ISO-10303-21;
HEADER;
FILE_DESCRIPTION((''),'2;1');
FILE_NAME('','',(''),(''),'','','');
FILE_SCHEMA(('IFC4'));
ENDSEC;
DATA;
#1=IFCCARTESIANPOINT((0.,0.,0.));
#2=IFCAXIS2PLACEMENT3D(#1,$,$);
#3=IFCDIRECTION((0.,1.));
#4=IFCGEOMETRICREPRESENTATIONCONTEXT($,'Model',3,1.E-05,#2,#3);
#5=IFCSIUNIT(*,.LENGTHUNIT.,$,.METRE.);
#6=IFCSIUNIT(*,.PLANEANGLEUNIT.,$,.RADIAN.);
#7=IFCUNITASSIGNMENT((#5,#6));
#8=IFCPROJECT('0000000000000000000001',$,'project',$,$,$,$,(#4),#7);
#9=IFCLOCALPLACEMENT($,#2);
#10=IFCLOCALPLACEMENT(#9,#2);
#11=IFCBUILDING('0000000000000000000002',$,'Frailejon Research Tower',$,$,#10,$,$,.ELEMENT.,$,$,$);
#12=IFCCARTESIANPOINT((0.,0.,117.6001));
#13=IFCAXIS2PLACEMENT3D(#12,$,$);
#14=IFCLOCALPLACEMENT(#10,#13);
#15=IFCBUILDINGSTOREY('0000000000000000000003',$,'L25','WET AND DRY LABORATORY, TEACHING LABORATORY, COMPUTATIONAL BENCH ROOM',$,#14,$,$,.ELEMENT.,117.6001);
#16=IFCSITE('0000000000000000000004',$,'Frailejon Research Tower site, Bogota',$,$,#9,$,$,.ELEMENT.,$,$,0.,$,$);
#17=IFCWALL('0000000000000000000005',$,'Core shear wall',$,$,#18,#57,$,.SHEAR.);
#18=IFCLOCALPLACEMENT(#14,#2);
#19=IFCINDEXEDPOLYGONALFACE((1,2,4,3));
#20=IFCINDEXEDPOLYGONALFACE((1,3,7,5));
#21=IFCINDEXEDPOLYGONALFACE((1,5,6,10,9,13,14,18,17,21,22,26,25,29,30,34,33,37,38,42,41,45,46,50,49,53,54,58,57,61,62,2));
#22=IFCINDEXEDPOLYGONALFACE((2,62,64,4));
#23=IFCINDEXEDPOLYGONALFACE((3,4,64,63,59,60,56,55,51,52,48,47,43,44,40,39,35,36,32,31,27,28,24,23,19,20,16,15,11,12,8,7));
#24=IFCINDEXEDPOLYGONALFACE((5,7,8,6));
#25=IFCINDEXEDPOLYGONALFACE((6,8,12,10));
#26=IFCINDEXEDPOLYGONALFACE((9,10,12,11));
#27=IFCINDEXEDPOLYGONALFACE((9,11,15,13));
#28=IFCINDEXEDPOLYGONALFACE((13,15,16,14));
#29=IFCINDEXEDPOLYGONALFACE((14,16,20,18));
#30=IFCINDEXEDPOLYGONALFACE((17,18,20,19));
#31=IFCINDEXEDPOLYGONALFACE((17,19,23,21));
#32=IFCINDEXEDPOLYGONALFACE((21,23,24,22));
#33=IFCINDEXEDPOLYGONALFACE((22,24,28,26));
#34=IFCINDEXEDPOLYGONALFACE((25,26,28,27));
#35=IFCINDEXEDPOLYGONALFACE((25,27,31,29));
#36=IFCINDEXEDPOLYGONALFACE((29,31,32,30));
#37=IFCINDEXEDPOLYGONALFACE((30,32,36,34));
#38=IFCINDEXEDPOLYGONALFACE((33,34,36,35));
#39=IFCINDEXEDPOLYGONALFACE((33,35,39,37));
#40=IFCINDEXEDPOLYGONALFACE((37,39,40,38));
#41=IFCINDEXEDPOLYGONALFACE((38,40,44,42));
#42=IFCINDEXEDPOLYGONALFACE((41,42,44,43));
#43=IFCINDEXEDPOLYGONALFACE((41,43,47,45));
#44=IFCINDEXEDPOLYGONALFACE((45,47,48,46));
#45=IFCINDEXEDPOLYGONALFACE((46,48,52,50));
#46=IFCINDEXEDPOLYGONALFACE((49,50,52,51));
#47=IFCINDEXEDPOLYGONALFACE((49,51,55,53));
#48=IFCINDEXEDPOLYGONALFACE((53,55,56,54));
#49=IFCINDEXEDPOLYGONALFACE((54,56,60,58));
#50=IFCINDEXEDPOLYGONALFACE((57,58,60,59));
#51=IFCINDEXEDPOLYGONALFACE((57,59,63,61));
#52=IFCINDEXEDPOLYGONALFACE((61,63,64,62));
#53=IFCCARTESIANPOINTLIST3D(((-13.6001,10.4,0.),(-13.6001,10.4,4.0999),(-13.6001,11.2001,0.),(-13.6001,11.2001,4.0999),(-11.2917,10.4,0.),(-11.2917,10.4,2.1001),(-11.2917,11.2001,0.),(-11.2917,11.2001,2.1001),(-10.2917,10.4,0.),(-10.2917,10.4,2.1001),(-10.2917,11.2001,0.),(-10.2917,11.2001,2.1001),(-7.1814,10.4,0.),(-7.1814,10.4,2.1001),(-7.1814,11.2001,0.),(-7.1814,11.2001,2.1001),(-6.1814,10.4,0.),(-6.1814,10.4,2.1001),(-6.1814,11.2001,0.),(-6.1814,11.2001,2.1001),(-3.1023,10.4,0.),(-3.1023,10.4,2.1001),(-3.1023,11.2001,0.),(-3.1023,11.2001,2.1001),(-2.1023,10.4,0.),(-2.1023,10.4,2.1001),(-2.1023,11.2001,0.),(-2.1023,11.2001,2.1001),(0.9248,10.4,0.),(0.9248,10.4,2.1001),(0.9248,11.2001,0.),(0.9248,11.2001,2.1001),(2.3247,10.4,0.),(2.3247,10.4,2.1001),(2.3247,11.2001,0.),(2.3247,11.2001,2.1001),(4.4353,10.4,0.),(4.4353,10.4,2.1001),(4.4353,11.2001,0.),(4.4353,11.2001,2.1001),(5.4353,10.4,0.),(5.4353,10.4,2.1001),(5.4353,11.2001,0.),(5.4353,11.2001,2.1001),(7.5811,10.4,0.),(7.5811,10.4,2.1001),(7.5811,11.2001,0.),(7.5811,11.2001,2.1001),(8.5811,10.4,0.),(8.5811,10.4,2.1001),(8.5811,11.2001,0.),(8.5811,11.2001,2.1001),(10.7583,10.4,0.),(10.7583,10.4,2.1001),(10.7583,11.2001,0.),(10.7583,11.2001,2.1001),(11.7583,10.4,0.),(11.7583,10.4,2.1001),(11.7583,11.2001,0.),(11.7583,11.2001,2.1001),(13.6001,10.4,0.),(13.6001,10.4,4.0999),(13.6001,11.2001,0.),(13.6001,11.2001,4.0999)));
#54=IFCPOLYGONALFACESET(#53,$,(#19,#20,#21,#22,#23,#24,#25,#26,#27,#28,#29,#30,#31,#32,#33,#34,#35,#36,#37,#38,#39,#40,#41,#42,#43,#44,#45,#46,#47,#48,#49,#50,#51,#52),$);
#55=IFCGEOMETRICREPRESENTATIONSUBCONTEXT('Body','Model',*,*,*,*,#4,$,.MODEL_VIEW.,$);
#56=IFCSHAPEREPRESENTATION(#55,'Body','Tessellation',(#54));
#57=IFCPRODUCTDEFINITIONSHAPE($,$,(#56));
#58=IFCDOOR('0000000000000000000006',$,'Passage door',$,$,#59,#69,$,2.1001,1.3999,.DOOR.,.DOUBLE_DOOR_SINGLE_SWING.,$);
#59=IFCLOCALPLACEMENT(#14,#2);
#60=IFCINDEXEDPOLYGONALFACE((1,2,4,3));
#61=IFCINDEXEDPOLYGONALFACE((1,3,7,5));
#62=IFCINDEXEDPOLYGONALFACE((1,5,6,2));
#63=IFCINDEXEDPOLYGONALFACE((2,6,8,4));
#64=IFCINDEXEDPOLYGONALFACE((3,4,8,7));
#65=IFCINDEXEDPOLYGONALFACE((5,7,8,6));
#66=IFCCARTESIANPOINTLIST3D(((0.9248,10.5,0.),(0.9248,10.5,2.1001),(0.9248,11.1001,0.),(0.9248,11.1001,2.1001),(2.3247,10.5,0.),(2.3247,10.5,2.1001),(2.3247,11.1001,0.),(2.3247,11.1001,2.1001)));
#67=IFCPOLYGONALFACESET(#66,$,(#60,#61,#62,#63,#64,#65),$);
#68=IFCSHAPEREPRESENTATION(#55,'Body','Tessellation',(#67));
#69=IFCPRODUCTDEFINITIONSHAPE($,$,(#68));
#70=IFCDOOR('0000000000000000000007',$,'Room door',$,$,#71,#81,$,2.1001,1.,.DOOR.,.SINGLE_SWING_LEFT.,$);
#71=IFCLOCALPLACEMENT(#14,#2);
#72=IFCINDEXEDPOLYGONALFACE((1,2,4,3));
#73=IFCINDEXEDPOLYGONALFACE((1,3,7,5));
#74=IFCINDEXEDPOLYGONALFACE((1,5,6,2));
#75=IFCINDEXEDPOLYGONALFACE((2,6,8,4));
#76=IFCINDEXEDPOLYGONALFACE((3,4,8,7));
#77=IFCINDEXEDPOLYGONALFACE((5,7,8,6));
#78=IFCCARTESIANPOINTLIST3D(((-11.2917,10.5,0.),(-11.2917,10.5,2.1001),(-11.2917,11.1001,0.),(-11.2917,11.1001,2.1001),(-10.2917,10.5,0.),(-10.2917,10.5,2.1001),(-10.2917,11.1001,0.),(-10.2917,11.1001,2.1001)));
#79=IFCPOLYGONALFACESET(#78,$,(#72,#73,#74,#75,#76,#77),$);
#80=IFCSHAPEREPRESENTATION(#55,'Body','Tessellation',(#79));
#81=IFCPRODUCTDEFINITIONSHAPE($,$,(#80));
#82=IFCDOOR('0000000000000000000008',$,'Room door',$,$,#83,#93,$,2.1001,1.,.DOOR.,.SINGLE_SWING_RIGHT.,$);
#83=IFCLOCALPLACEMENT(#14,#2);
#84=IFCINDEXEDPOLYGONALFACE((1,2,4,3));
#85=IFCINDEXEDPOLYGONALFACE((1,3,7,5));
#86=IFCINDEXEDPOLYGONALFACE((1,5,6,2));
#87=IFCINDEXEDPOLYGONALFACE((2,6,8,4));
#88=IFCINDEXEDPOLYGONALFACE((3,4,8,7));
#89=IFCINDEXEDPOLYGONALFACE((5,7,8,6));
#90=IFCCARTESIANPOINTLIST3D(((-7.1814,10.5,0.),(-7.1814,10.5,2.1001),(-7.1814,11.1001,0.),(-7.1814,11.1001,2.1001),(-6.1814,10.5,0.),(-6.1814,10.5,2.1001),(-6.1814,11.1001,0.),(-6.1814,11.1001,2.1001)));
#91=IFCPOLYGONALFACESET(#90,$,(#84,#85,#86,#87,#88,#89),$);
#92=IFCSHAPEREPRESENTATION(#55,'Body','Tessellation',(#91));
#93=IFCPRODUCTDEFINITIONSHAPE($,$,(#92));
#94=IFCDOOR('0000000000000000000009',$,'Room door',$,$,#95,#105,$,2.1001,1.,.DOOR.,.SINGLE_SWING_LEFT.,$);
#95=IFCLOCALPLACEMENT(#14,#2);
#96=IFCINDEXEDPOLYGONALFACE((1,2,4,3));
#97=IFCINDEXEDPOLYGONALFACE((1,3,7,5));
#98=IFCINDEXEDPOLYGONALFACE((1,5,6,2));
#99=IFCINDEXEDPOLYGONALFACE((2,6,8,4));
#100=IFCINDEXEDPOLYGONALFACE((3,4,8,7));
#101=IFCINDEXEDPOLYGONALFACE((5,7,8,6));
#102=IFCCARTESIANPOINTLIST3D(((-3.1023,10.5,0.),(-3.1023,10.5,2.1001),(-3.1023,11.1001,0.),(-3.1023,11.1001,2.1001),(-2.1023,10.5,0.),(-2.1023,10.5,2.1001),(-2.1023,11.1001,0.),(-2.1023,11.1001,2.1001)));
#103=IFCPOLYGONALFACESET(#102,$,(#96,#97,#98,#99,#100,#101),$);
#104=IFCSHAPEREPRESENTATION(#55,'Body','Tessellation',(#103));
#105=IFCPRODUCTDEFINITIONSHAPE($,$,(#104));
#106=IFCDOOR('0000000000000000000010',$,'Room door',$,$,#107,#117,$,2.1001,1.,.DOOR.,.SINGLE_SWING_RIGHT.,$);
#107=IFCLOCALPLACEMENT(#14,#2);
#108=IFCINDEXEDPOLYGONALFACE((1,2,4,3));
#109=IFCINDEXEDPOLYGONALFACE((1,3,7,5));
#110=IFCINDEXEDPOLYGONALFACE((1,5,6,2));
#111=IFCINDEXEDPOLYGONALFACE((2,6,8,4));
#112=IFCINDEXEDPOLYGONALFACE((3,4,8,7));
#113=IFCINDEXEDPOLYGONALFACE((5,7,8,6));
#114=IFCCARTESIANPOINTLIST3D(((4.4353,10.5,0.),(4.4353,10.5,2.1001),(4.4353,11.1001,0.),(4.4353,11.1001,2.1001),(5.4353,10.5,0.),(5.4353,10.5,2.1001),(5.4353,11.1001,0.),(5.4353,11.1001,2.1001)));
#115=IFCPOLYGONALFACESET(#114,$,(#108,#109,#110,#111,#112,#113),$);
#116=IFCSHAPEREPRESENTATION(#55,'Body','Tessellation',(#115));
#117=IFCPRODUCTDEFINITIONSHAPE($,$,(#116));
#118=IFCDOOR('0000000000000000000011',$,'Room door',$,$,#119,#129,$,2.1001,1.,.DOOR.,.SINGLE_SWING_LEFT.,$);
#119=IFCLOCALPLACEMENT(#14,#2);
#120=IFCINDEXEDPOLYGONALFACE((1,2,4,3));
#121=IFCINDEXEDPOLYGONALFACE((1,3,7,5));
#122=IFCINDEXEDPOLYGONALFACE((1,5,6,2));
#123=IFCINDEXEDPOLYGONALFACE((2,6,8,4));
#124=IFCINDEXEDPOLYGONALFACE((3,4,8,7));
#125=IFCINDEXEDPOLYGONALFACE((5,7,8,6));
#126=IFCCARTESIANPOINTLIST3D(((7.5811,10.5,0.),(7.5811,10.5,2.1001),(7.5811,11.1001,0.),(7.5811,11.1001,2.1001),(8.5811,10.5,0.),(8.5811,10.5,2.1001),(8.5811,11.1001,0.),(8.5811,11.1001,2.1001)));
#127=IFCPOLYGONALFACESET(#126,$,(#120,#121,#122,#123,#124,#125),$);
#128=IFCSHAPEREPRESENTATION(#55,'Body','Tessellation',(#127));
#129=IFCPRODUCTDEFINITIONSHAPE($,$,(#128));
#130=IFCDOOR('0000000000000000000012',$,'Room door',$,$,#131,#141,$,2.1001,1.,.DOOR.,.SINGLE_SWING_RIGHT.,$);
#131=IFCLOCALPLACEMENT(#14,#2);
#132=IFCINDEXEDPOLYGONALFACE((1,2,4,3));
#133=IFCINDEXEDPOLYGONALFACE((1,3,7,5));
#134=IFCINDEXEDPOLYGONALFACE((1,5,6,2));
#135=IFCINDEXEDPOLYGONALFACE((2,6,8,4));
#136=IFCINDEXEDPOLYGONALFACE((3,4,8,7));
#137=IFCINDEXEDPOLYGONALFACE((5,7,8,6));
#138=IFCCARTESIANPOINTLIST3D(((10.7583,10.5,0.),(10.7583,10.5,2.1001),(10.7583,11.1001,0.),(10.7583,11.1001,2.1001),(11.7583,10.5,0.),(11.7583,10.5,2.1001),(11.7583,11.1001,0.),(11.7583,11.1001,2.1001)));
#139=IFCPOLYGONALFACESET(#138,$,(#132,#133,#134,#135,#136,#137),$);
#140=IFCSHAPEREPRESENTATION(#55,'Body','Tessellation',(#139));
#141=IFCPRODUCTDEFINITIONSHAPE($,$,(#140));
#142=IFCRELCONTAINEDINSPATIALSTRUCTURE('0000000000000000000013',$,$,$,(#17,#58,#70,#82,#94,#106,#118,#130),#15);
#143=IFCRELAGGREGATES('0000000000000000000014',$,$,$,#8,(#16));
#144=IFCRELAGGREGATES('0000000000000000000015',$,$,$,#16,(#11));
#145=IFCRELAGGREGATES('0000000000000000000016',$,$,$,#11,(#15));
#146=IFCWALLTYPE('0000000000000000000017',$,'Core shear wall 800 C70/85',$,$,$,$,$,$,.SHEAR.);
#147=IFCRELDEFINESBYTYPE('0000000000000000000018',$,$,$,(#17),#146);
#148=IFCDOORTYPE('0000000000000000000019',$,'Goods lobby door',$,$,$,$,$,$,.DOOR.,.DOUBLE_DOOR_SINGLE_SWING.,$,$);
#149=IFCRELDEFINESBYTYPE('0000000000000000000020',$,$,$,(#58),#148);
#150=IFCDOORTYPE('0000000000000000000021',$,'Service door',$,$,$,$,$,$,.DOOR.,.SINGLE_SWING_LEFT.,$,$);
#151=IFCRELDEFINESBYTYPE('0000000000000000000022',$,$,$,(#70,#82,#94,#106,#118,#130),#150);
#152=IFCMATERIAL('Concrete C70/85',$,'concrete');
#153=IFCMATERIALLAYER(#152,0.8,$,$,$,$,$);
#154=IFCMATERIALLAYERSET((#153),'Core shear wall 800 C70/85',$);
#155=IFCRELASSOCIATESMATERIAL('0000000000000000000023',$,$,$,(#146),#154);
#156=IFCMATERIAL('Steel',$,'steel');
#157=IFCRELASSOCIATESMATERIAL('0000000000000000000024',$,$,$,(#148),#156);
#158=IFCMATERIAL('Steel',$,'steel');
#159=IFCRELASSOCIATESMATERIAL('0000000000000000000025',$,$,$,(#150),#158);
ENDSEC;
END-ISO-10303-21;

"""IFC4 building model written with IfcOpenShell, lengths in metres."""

from ifc_helpers import new_model, si_unit, direction, frame, frame_2d, origin, place, context, subcontext, project, spatial, rectangle, extrude, material, layer, layer_set, type_object, element, fill, save


model = new_model("IFC4")

# Units and contexts
model_context = context("Model", 3, precision=1e-05, world=origin(), true_north=direction((0.0, 1.0)))
body_context = subcontext(model_context, "Body", "Model", "MODEL_VIEW")
ifc_project = project(units=[si_unit("LENGTHUNIT", "METRE"), si_unit("PLANEANGLEUNIT", "RADIAN")], contexts=[model_context])

# Site, building, storey
site_placement = place(None, origin())
site = spatial("IfcSite", under=ifc_project, at=site_placement, Name="Frailejon Research Tower site, Bogota", CompositionType="ELEMENT", RefElevation=0.0)
building_placement = place(site_placement, origin())
building = spatial("IfcBuilding", under=site, at=building_placement, Name="Frailejon Research Tower", CompositionType="ELEMENT")
storey_placement = place(building_placement, frame((0.0, 0.0, 117.6001)))
storey = spatial("IfcBuildingStorey", under=building, at=storey_placement, Name="L25", Description="WET AND DRY LABORATORY, TEACHING LABORATORY, COMPUTATIONAL BENCH ROOM", CompositionType="ELEMENT", Elevation=117.6001)

# Wall, openings, doors
ifc_material_1 = material(Name="Concrete C70/85", Category="concrete")
ifc_layer_1 = layer(ifc_material_1, 0.8)
ifc_layer_set_1 = layer_set([ifc_layer_1], Name="Core shear wall 800 C70/85")
wall_type_1 = type_object("IfcWallType", Name="Core shear wall 800 C70/85", PredefinedType="SHEAR", material=ifc_layer_set_1)
wall_1_placement = place(storey_placement, frame((-13.6001, 10.8, 0.0), z_axis=(0.0, 0.0, 1.0), x_axis=(1.0, 0.0, 0.0)))
wall_1 = element("IfcWall", 1, at=wall_1_placement, inside=storey, type_object=wall_type_1, Name="Core shear wall", PredefinedType="SHEAR", context=body_context, shape_type="SweptSolid", body=[
    extrude(rectangle(XDim=27.2002, YDim=0.8, at=frame_2d((13.6001, 0.0))), origin(), (0.0, 0.0, 1.0), 4.0999),
])
opening_1_placement = place(wall_1_placement, frame((2.3083, 0.0, 0.0)))
opening_1 = element("IfcOpeningElement", 2, at=opening_1_placement, cuts=wall_1, PredefinedType="OPENING", context=body_context, shape_type="SweptSolid", body=[
    extrude(rectangle(XDim=1.0, YDim=2.1001, at=frame_2d((0.5, 1.05))), frame((0.0, 0.4099, 0.0), z_axis=(0.0, -1.0, 0.0), x_axis=(1.0, 0.0, 0.0)), (0.0, 0.0, 1.0), 0.8201),
])
opening_2_placement = place(wall_1_placement, frame((6.4187, 0.0, 0.0)))
opening_2 = element("IfcOpeningElement", 3, at=opening_2_placement, cuts=wall_1, PredefinedType="OPENING", context=body_context, shape_type="SweptSolid", body=[
    extrude(rectangle(XDim=1.0, YDim=2.1001, at=frame_2d((0.5, 1.05))), frame((0.0, 0.4099, 0.0), z_axis=(0.0, -1.0, 0.0), x_axis=(1.0, 0.0, 0.0)), (0.0, 0.0, 1.0), 0.8201),
])
opening_3_placement = place(wall_1_placement, frame((10.4978, 0.0, 0.0)))
opening_3 = element("IfcOpeningElement", 4, at=opening_3_placement, cuts=wall_1, PredefinedType="OPENING", context=body_context, shape_type="SweptSolid", body=[
    extrude(rectangle(XDim=1.0, YDim=2.1001, at=frame_2d((0.5, 1.05))), frame((0.0, 0.4099, 0.0), z_axis=(0.0, -1.0, 0.0), x_axis=(1.0, 0.0, 0.0)), (0.0, 0.0, 1.0), 0.8201),
])
opening_4_placement = place(wall_1_placement, frame((18.0354, 0.0, 0.0)))
opening_4 = element("IfcOpeningElement", 5, at=opening_4_placement, cuts=wall_1, PredefinedType="OPENING", context=body_context, shape_type="SweptSolid", body=[
    extrude(rectangle(XDim=1.0, YDim=2.1001, at=frame_2d((0.5, 1.05))), frame((0.0, 0.4099, 0.0), z_axis=(0.0, -1.0, 0.0), x_axis=(1.0, 0.0, 0.0)), (0.0, 0.0, 1.0), 0.8201),
])
opening_5_placement = place(wall_1_placement, frame((21.1812, 0.0, 0.0)))
opening_5 = element("IfcOpeningElement", 6, at=opening_5_placement, cuts=wall_1, PredefinedType="OPENING", context=body_context, shape_type="SweptSolid", body=[
    extrude(rectangle(XDim=1.0, YDim=2.1001, at=frame_2d((0.5, 1.05))), frame((0.0, 0.4099, 0.0), z_axis=(0.0, -1.0, 0.0), x_axis=(1.0, 0.0, 0.0)), (0.0, 0.0, 1.0), 0.8201),
])
opening_6_placement = place(wall_1_placement, frame((24.3584, 0.0, 0.0)))
opening_6 = element("IfcOpeningElement", 7, at=opening_6_placement, cuts=wall_1, PredefinedType="OPENING", context=body_context, shape_type="SweptSolid", body=[
    extrude(rectangle(XDim=1.0, YDim=2.1001, at=frame_2d((0.5, 1.05))), frame((0.0, 0.4099, 0.0), z_axis=(0.0, -1.0, 0.0), x_axis=(1.0, 0.0, 0.0)), (0.0, 0.0, 1.0), 0.8201),
])
opening_7_placement = place(wall_1_placement, frame((14.5249, 0.0, 0.0)))
opening_7 = element("IfcOpeningElement", 8, at=opening_7_placement, cuts=wall_1, PredefinedType="OPENING", context=body_context, shape_type="SweptSolid", body=[
    extrude(rectangle(XDim=1.3999, YDim=2.1001, at=frame_2d((0.7, 1.05))), frame((0.0, 0.4099, 0.0), z_axis=(0.0, -1.0, 0.0), x_axis=(1.0, 0.0, 0.0)), (0.0, 0.0, 1.0), 0.8201),
])
ifc_material_2 = material(Name="Steel", Category="steel")
door_type_1 = type_object("IfcDoorType", Name="Goods lobby door", OperationType="DOUBLE_DOOR_SINGLE_SWING", PredefinedType="DOOR", material=ifc_material_2)
door_1_placement = place(opening_7_placement, origin())
door_1 = element("IfcDoor", 9, at=door_1_placement, inside=storey, type_object=door_type_1, Name="Passage door", OperationType="DOUBLE_DOOR_SINGLE_SWING", OverallHeight=2.1001, OverallWidth=1.3999, PredefinedType="DOOR", context=body_context, shape_type="SweptSolid", body=[
    extrude(rectangle(XDim=1.3999, YDim=2.1001, at=frame_2d((0.7, 1.05))), frame((0.0, 0.3, 0.0), z_axis=(0.0, -1.0, 0.0), x_axis=(1.0, 0.0, 0.0)), (0.0, 0.0, 1.0), 0.6001),
])
fill(opening_7, door_1)
ifc_material_3 = material(Name="Steel", Category="steel")
door_type_2 = type_object("IfcDoorType", Name="Service door", OperationType="SINGLE_SWING_LEFT", PredefinedType="DOOR", material=ifc_material_3)
door_2_placement = place(opening_1_placement, origin())
door_2 = element("IfcDoor", 10, at=door_2_placement, inside=storey, type_object=door_type_2, Name="Room door", OperationType="SINGLE_SWING_LEFT", OverallHeight=2.1001, OverallWidth=1.0, PredefinedType="DOOR", context=body_context, shape_type="SweptSolid", body=[
    extrude(rectangle(XDim=1.0, YDim=2.1001, at=frame_2d((0.5, 1.05))), frame((0.0, 0.3, 0.0), z_axis=(0.0, -1.0, 0.0), x_axis=(1.0, 0.0, 0.0)), (0.0, 0.0, 1.0), 0.6001),
])
fill(opening_1, door_2)
door_3_placement = place(opening_2_placement, origin())
door_3 = element("IfcDoor", 11, at=door_3_placement, inside=storey, type_object=door_type_2, Name="Room door", OperationType="SINGLE_SWING_RIGHT", OverallHeight=2.1001, OverallWidth=1.0, PredefinedType="DOOR", context=body_context, shape_type="SweptSolid", body=[
    extrude(rectangle(XDim=1.0, YDim=2.1001, at=frame_2d((0.5, 1.05))), frame((0.0, 0.3, 0.0), z_axis=(0.0, -1.0, 0.0), x_axis=(1.0, 0.0, 0.0)), (0.0, 0.0, 1.0), 0.6001),
])
fill(opening_2, door_3)
door_4_placement = place(opening_3_placement, origin())
door_4 = element("IfcDoor", 12, at=door_4_placement, inside=storey, type_object=door_type_2, Name="Room door", OperationType="SINGLE_SWING_LEFT", OverallHeight=2.1001, OverallWidth=1.0, PredefinedType="DOOR", context=body_context, shape_type="SweptSolid", body=[
    extrude(rectangle(XDim=1.0, YDim=2.1001, at=frame_2d((0.5, 1.05))), frame((0.0, 0.3, 0.0), z_axis=(0.0, -1.0, 0.0), x_axis=(1.0, 0.0, 0.0)), (0.0, 0.0, 1.0), 0.6001),
])
fill(opening_3, door_4)
door_5_placement = place(opening_4_placement, origin())
door_5 = element("IfcDoor", 13, at=door_5_placement, inside=storey, type_object=door_type_2, Name="Room door", OperationType="SINGLE_SWING_RIGHT", OverallHeight=2.1001, OverallWidth=1.0, PredefinedType="DOOR", context=body_context, shape_type="SweptSolid", body=[
    extrude(rectangle(XDim=1.0, YDim=2.1001, at=frame_2d((0.5, 1.05))), frame((0.0, 0.3, 0.0), z_axis=(0.0, -1.0, 0.0), x_axis=(1.0, 0.0, 0.0)), (0.0, 0.0, 1.0), 0.6001),
])
fill(opening_4, door_5)
door_6_placement = place(opening_5_placement, origin())
door_6 = element("IfcDoor", 14, at=door_6_placement, inside=storey, type_object=door_type_2, Name="Room door", OperationType="SINGLE_SWING_LEFT", OverallHeight=2.1001, OverallWidth=1.0, PredefinedType="DOOR", context=body_context, shape_type="SweptSolid", body=[
    extrude(rectangle(XDim=1.0, YDim=2.1001, at=frame_2d((0.5, 1.05))), frame((0.0, 0.3, 0.0), z_axis=(0.0, -1.0, 0.0), x_axis=(1.0, 0.0, 0.0)), (0.0, 0.0, 1.0), 0.6001),
])
fill(opening_5, door_6)
door_7_placement = place(opening_6_placement, origin())
door_7 = element("IfcDoor", 15, at=door_7_placement, inside=storey, type_object=door_type_2, Name="Room door", OperationType="SINGLE_SWING_RIGHT", OverallHeight=2.1001, OverallWidth=1.0, PredefinedType="DOOR", context=body_context, shape_type="SweptSolid", body=[
    extrude(rectangle(XDim=1.0, YDim=2.1001, at=frame_2d((0.5, 1.05))), frame((0.0, 0.3, 0.0), z_axis=(0.0, -1.0, 0.0), x_axis=(1.0, 0.0, 0.0)), (0.0, 0.0, 1.0), 0.6001),
])
fill(opening_6, door_7)

save(model, "model.ifc")
